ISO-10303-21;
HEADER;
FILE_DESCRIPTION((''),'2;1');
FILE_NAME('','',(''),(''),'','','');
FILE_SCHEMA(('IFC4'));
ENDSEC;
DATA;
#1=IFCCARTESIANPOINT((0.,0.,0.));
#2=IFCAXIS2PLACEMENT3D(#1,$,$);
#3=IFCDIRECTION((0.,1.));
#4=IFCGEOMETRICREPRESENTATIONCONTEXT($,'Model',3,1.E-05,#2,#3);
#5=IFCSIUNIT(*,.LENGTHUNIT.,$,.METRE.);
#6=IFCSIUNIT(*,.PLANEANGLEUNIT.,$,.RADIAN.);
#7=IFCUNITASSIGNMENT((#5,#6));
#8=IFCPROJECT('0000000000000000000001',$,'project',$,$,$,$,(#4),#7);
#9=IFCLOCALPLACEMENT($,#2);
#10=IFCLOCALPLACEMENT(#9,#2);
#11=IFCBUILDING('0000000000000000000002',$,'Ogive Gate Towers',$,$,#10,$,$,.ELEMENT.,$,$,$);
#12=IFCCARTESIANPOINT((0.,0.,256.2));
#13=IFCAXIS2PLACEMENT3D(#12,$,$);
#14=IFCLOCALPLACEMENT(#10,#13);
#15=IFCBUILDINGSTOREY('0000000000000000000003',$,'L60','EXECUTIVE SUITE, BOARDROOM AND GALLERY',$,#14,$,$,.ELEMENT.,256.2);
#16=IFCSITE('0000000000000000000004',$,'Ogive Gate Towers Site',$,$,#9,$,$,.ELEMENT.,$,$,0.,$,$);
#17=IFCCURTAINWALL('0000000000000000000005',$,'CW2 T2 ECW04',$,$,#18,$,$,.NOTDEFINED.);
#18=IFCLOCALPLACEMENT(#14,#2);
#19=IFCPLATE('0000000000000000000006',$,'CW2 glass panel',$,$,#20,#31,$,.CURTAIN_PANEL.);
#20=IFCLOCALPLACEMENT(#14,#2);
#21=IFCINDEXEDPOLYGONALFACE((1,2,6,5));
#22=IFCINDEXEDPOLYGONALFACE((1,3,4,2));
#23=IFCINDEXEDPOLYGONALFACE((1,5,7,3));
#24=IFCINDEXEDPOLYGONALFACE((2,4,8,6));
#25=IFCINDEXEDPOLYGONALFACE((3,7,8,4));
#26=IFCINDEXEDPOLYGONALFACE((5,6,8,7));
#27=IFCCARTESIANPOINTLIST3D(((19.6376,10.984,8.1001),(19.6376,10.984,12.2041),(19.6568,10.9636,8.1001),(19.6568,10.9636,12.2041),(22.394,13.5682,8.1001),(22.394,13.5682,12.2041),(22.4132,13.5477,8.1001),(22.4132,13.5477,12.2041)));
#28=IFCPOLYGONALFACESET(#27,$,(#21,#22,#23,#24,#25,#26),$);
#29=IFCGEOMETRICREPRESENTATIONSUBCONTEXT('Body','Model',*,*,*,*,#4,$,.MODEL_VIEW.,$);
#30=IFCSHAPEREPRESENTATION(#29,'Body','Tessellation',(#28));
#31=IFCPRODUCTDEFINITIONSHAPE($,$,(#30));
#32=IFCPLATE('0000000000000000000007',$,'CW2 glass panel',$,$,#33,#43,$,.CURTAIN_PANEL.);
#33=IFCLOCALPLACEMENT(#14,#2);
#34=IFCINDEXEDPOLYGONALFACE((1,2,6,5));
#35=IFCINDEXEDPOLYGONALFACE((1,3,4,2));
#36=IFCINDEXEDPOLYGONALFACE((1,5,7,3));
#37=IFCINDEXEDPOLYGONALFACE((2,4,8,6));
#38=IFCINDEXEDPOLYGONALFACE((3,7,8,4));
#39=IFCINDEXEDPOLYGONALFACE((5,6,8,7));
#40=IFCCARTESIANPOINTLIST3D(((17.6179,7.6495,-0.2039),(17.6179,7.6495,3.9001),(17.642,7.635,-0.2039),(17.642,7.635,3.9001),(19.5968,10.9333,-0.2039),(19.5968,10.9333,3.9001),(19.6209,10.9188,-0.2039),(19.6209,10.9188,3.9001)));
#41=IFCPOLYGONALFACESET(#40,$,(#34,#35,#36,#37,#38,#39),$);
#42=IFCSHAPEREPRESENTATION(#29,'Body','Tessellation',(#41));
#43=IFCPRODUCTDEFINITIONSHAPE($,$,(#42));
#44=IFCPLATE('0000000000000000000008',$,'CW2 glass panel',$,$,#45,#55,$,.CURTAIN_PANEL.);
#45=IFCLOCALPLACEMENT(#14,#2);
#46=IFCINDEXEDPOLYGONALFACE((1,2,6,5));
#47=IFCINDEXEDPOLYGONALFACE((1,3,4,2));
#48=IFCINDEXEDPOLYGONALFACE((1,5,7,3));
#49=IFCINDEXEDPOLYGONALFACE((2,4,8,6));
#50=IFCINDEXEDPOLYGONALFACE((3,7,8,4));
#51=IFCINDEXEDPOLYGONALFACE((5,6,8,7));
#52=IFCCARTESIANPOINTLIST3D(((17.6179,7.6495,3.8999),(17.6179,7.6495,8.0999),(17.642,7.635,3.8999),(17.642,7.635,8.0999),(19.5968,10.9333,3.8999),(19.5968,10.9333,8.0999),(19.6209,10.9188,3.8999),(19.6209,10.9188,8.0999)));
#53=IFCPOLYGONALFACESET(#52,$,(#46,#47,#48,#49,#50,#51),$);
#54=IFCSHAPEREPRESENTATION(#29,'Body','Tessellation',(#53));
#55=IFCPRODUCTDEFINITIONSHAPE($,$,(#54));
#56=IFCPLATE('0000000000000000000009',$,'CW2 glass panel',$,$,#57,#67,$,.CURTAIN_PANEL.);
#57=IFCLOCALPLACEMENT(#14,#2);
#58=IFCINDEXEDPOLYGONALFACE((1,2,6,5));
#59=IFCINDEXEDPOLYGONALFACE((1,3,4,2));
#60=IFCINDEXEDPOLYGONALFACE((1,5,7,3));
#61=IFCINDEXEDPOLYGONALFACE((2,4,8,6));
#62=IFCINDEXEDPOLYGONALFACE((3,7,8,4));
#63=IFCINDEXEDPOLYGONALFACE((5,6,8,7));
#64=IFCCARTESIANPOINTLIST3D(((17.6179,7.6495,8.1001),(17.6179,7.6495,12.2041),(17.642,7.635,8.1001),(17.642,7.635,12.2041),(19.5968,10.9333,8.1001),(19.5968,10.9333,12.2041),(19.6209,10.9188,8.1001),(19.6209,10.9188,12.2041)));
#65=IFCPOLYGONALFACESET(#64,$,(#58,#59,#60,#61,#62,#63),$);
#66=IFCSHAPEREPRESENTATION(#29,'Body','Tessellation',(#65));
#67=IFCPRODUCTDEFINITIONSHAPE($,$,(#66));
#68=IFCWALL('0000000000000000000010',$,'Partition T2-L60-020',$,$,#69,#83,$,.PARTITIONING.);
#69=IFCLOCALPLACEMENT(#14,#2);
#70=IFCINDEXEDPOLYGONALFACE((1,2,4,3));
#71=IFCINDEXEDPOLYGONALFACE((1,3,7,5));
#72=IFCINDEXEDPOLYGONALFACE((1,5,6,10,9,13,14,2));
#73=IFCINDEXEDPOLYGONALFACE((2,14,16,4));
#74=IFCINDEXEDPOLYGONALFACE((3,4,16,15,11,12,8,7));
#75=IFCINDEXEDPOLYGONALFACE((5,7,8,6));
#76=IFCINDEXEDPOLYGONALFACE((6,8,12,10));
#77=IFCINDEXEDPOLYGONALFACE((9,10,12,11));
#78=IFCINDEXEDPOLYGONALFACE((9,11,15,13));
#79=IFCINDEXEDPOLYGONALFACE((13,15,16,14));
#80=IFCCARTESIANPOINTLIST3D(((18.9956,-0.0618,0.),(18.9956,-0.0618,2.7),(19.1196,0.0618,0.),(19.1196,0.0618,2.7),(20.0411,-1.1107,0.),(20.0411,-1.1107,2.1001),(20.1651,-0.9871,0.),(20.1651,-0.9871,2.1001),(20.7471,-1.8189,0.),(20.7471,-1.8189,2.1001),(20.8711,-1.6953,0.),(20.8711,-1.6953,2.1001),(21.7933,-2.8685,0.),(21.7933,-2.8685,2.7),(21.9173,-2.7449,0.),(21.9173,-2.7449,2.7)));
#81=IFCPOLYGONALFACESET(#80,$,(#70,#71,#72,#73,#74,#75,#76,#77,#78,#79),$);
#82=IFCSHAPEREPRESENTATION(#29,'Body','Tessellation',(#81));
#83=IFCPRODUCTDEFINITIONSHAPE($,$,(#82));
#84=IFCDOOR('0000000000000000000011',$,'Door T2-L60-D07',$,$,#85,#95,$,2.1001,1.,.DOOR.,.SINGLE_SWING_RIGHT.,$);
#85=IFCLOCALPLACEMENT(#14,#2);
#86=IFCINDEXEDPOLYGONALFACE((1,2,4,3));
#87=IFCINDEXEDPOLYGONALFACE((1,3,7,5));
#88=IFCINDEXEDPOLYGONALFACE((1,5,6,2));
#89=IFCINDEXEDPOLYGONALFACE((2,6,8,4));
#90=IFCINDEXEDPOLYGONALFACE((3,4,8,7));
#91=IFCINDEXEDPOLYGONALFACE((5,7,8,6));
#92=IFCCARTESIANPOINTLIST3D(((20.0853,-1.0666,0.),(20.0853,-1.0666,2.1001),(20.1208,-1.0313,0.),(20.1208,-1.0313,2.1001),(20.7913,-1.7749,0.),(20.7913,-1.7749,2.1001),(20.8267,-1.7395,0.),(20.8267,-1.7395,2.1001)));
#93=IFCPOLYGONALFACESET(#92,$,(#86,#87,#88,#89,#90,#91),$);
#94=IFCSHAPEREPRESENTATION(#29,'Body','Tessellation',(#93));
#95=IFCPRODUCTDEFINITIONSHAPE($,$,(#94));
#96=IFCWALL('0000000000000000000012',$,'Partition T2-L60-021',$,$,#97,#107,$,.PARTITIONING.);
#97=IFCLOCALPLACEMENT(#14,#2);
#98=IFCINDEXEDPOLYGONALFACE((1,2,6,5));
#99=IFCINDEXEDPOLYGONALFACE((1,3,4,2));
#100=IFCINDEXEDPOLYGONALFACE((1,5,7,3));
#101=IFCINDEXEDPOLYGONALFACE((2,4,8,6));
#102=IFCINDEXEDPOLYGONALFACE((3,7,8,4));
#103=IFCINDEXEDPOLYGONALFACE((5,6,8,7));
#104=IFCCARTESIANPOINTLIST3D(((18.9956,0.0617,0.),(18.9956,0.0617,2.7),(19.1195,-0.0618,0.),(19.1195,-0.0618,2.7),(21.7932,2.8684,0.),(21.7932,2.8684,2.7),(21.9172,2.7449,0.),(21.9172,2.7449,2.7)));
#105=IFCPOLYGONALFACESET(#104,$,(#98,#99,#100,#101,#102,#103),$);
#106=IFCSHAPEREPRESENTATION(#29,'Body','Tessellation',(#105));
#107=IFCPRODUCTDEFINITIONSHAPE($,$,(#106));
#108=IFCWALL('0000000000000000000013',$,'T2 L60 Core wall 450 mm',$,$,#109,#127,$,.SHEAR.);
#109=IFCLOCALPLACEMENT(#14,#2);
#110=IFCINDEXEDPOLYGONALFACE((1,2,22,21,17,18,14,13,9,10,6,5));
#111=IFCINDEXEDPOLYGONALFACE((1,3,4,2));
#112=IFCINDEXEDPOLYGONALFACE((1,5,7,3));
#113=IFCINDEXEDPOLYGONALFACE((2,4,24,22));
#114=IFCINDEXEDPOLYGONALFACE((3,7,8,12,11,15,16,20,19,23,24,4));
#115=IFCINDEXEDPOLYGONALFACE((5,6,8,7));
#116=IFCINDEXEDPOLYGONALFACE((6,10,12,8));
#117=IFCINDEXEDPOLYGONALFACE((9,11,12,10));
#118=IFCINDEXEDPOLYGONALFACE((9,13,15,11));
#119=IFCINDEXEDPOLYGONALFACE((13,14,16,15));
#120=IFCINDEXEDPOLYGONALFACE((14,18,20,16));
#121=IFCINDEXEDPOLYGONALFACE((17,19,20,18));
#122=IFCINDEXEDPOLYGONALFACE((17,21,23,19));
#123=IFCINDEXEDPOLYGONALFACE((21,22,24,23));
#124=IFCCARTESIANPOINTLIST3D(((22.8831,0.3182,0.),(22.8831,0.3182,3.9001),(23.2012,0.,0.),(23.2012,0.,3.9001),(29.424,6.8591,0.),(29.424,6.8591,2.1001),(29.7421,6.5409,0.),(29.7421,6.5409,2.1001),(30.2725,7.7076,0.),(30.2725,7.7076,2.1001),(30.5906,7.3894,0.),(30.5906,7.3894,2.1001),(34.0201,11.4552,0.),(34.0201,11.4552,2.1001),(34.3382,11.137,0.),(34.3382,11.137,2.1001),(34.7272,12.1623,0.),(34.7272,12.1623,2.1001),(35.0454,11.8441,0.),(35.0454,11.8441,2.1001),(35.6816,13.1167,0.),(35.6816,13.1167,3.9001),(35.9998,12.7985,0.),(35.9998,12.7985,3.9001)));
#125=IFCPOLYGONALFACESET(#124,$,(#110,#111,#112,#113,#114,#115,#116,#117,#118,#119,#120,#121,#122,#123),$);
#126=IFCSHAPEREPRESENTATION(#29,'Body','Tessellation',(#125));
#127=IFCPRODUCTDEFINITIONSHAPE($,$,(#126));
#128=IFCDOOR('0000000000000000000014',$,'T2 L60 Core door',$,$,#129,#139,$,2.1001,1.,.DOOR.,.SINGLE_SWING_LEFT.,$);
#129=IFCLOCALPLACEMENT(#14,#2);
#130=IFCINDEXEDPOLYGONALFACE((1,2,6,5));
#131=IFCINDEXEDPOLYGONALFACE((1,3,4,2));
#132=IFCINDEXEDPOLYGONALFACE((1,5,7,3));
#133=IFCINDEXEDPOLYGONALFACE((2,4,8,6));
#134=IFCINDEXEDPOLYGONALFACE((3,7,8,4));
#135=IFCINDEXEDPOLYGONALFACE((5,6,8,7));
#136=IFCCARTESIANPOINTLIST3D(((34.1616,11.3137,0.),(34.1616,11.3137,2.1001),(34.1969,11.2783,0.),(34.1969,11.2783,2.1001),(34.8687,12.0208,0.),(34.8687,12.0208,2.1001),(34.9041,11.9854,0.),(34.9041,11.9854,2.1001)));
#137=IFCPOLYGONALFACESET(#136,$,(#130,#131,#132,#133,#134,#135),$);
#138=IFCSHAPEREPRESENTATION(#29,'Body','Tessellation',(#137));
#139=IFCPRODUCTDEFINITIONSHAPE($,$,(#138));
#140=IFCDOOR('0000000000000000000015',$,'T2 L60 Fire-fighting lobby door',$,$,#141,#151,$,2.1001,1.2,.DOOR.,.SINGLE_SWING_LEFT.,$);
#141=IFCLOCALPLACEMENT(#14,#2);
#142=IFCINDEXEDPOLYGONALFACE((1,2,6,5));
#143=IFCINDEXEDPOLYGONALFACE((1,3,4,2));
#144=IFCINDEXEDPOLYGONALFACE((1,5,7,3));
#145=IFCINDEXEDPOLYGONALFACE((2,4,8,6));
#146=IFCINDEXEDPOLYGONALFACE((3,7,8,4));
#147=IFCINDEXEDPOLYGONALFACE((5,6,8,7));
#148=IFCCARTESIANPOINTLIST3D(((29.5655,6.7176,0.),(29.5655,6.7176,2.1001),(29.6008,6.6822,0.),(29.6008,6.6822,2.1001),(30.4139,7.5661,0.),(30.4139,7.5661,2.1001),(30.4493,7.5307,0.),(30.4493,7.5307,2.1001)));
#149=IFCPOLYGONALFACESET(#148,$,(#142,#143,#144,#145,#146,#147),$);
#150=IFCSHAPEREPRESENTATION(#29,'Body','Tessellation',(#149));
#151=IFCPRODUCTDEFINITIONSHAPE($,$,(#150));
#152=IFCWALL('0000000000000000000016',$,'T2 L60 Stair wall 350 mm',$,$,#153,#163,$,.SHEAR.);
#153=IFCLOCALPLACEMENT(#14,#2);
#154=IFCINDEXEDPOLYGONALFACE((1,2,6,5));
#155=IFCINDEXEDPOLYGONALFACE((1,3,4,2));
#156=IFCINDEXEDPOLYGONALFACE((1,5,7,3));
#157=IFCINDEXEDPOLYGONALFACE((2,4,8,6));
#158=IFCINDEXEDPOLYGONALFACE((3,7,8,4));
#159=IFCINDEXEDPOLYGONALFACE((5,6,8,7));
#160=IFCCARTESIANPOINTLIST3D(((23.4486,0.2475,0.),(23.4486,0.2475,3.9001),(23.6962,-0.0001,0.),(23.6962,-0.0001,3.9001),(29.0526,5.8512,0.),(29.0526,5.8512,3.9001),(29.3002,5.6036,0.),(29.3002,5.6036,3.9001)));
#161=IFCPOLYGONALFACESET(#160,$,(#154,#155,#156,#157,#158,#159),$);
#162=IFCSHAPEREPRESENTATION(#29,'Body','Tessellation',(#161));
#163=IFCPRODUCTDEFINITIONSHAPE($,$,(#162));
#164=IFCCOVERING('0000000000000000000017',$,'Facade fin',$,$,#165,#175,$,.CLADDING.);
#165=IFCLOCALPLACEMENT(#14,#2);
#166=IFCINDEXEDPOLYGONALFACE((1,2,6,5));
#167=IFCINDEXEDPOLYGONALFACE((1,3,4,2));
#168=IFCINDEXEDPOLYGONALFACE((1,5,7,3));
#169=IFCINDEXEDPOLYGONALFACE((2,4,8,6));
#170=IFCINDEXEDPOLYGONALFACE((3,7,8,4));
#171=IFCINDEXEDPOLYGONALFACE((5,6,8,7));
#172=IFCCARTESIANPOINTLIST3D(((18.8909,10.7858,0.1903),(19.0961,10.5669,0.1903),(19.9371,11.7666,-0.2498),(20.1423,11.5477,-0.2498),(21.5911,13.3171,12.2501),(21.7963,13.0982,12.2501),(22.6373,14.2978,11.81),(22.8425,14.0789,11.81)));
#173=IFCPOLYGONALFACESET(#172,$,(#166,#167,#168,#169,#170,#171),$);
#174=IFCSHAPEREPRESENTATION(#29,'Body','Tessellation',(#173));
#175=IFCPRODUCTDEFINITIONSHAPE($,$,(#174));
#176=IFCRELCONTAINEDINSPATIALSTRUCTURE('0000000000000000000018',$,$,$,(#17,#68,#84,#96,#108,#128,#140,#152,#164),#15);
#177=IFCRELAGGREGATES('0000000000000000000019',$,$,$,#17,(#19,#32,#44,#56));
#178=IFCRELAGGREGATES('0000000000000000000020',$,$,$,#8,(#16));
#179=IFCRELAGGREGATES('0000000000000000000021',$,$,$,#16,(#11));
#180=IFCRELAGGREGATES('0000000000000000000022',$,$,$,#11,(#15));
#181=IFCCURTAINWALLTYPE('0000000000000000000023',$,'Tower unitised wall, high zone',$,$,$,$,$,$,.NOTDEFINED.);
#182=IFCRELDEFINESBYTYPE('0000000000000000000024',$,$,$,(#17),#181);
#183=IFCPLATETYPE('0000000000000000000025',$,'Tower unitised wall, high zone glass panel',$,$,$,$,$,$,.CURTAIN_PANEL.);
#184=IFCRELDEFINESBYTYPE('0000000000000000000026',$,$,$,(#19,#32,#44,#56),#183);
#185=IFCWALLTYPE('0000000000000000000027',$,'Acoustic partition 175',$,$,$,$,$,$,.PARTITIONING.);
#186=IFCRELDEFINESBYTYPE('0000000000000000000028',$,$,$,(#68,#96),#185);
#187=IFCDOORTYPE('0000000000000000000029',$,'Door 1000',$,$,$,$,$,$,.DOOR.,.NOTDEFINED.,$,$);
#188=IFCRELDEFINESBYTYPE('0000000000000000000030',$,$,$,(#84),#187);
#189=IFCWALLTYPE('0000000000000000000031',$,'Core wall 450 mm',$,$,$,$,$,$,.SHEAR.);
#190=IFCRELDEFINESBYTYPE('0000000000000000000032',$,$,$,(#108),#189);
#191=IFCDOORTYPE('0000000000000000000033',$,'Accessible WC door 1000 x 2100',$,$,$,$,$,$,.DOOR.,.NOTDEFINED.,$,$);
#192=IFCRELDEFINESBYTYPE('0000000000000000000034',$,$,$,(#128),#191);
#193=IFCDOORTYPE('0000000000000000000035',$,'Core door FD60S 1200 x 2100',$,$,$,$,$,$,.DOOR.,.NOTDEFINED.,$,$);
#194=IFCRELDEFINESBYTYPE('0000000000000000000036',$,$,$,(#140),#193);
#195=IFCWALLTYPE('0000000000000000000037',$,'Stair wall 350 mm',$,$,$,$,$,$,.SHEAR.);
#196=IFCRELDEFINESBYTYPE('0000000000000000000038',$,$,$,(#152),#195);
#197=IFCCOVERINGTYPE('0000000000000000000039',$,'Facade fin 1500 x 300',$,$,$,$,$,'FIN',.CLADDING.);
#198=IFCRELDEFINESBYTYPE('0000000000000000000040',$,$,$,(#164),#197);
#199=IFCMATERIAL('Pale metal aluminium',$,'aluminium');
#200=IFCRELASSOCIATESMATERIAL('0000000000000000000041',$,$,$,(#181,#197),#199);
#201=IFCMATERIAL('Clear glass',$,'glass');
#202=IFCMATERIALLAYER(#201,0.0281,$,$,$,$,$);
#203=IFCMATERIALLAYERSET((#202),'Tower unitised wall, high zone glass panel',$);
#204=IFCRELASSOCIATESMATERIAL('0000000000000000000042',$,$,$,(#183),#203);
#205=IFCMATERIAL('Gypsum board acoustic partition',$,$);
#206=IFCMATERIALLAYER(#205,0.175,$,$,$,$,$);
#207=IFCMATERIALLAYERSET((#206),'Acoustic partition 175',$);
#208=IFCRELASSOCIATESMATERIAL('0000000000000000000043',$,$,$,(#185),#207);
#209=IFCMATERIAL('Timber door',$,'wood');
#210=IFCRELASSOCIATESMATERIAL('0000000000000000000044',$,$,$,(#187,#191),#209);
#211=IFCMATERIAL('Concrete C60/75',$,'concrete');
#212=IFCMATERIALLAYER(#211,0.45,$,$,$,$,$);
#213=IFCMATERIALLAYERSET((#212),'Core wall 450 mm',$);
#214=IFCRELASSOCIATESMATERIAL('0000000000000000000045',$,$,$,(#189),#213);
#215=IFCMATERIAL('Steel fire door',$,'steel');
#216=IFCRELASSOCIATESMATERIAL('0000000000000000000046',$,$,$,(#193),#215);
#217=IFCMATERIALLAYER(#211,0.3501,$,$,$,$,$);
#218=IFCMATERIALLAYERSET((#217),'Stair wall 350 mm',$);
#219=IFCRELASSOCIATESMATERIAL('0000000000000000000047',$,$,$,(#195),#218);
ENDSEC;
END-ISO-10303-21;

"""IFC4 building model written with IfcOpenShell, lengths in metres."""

from ifc_helpers import new_model, si_unit, direction, frame, frame_2d, origin, origin_2d, place, context, subcontext, project, spatial, rectangle, extrude, material, layer, layer_set, material_profile, profile_set, type_object, element, fill, aggregate, save


model = new_model("IFC4")

# Units and contexts
model_context = context("Model", 3, precision=1e-05, world=origin(), true_north=direction((0.0, 1.0)))
body_context = subcontext(model_context, "Body", "Model", "MODEL_VIEW")
ifc_project = project(units=[si_unit("LENGTHUNIT", "METRE"), si_unit("PLANEANGLEUNIT", "RADIAN")], contexts=[model_context])

# Site, building, storey
site_placement = place(None, origin())
site = spatial("IfcSite", under=ifc_project, at=site_placement, Name="Ogive Gate Towers Site", CompositionType="ELEMENT", RefElevation=0.0)
building_placement = place(site_placement, origin())
building = spatial("IfcBuilding", under=site, at=building_placement, Name="Ogive Gate Towers", CompositionType="ELEMENT")
storey_placement = place(building_placement, frame((0.0, 0.0, 256.2)))
storey = spatial("IfcBuildingStorey", under=building, at=storey_placement, Name="L60", Description="EXECUTIVE SUITE, BOARDROOM AND GALLERY", CompositionType="ELEMENT", Elevation=256.2)

# Shared definitions
ifc_material_1 = material(Name="Pale metal aluminium", Category="aluminium")
curtain_wall_type = type_object("IfcCurtainWallType", Name="Tower unitised wall, high zone", PredefinedType="NOTDEFINED", material=ifc_material_1)

# Curtain wall
curtain_wall_1_placement = place(storey_placement, origin())
curtain_wall_1 = element("IfcCurtainWall", 1, at=curtain_wall_1_placement, inside=storey, type_object=curtain_wall_type, Name="CW2 T2 ECW04", PredefinedType="NOTDEFINED")

# Plates
ifc_material_2 = material(Name="Clear glass", Category="glass")
ifc_layer_1 = layer(ifc_material_2, 0.0281)
ifc_layer_set_1 = layer_set([ifc_layer_1], Name="Tower unitised wall, high zone glass panel")
plate_type = type_object("IfcPlateType", Name="Tower unitised wall, high zone glass panel", PredefinedType="CURTAIN_PANEL", material=ifc_layer_set_1)
plate_1_placement = place(storey_placement, frame((21.0254, 12.2659, 8.1001), z_axis=(0.0, 0.0, 1.0), x_axis=(-0.729542, -0.683936, 0.0)))
plate_1 = element("IfcPlate", 2, at=plate_1_placement, type_object=plate_type, Name="CW2 glass panel", PredefinedType="CURTAIN_PANEL", context=body_context, shape_type="SweptSolid", body=[
    extrude(rectangle(XDim=3.7783, YDim=0.0281, at=origin_2d()), origin(), (0.0, 0.0, 1.0), 4.104),
])
plate_2_placement = place(storey_placement, frame((18.6194, 9.2842, -0.2039), z_axis=(0.0, 0.0, 1.0), x_axis=(-0.516145, -0.856501, 0.0)))
plate_2 = element("IfcPlate", 3, at=plate_2_placement, type_object=plate_type, Name="CW2 glass panel", PredefinedType="CURTAIN_PANEL", context=body_context, shape_type="SweptSolid", body=[
    extrude(rectangle(XDim=3.834, YDim=0.0281, at=origin_2d()), origin(), (0.0, 0.0, 1.0), 4.104),
])
plate_3_placement = place(storey_placement, frame((18.6194, 9.2842, 3.8999), z_axis=(0.0, 0.0, 1.0), x_axis=(-0.516145, -0.856501, 0.0)))
plate_3 = element("IfcPlate", 4, at=plate_3_placement, type_object=plate_type, Name="CW2 glass panel", PredefinedType="CURTAIN_PANEL", context=body_context, shape_type="SweptSolid", body=[
    extrude(rectangle(XDim=3.834, YDim=0.0281, at=origin_2d()), origin(), (0.0, 0.0, 1.0), 4.2),
])
plate_4_placement = place(storey_placement, frame((18.6194, 9.2842, 8.1001), z_axis=(0.0, 0.0, 1.0), x_axis=(-0.516145, -0.856501, 0.0)))
plate_4 = element("IfcPlate", 5, at=plate_4_placement, type_object=plate_type, Name="CW2 glass panel", PredefinedType="CURTAIN_PANEL", context=body_context, shape_type="SweptSolid", body=[
    extrude(rectangle(XDim=3.834, YDim=0.0281, at=origin_2d()), origin(), (0.0, 0.0, 1.0), 4.104),
])
aggregate(curtain_wall_1, [plate_1, plate_2, plate_3, plate_4])

# Wall, opening, door
ifc_material_3 = material(Name="Gypsum board acoustic partition")
ifc_layer_2 = layer(ifc_material_3, 0.175)
ifc_layer_set_2 = layer_set([ifc_layer_2], Name="Acoustic partition 175")
wall_type_1 = type_object("IfcWallType", Name="Acoustic partition 175", PredefinedType="PARTITIONING", material=ifc_layer_set_2)
wall_1_placement = place(storey_placement, frame((19.0576, 0.0, 0.0), z_axis=(0.0, 0.0, 1.0), x_axis=(0.705966, -0.708246, 0.0)))
wall_1 = element("IfcWall", 6, at=wall_1_placement, inside=storey, type_object=wall_type_1, Name="Partition T2-L60-020", PredefinedType="PARTITIONING", context=body_context, shape_type="SweptSolid", body=[
    extrude(rectangle(XDim=3.9629, YDim=0.175, at=frame_2d((1.9814, 0.0))), origin(), (0.0, 0.0, 1.0), 2.7),
])
opening_1_placement = place(wall_1_placement, frame((1.481, 0.0, 0.0)))
opening_1 = element("IfcOpeningElement", 7, at=opening_1_placement, cuts=wall_1, PredefinedType="OPENING", context=body_context, shape_type="SweptSolid", body=[
    extrude(rectangle(XDim=1.0, YDim=2.1001, at=frame_2d((0.5, 1.05))), frame((0.0, 0.0977, 0.0), z_axis=(0.0, -1.0, 0.0), x_axis=(1.0, 0.0, 0.0)), (0.0, 0.0, 1.0), 0.1951),
])
ifc_material_4 = material(Name="Timber door", Category="wood")
door_type_1 = type_object("IfcDoorType", Name="Door 1000", OperationType="NOTDEFINED", PredefinedType="DOOR", material=ifc_material_4)
door_1_placement = place(opening_1_placement, origin())
door_1 = element("IfcDoor", 8, at=door_1_placement, inside=storey, type_object=door_type_1, Name="Door T2-L60-D07", OperationType="SINGLE_SWING_RIGHT", OverallHeight=2.1001, OverallWidth=1.0, PredefinedType="DOOR", context=body_context, shape_type="SweptSolid", body=[
    extrude(rectangle(XDim=1.0, YDim=2.1001, at=frame_2d((0.5, 1.05))), frame((0.0, 0.0249, 0.0), z_axis=(0.0, -1.0, 0.0), x_axis=(1.0, 0.0, 0.0)), (0.0, 0.0, 1.0), 0.05),
])
fill(opening_1, door_1)

# Wall
wall_2_placement = place(storey_placement, frame((21.8552, 2.8066, 0.0), z_axis=(0.0, 0.0, 1.0), x_axis=(-0.705966, -0.708246, 0.0)))
element("IfcWall", 9, at=wall_2_placement, inside=storey, type_object=wall_type_1, Name="Partition T2-L60-021", PredefinedType="PARTITIONING", context=body_context, shape_type="SweptSolid", body=[
    extrude(rectangle(XDim=3.9629, YDim=0.175, at=frame_2d((1.9814, 0.0))), origin(), (0.0, 0.0, 1.0), 2.7),
])

# Wall, openings, doors
ifc_material_5 = material(Name="Concrete C60/75", Category="concrete")
ifc_layer_3 = layer(ifc_material_5, 0.45)
ifc_layer_set_3 = layer_set([ifc_layer_3], Name="Core wall 450 mm")
wall_type_2 = type_object("IfcWallType", Name="Core wall 450 mm", PredefinedType="SHEAR", material=ifc_layer_set_3)
wall_3_placement = place(storey_placement, frame((23.0422, 0.1592, 0.0), z_axis=(0.0, 0.0, 1.0), x_axis=(0.707107, 0.707107, 0.0)))
wall_3 = element("IfcWall", 10, at=wall_3_placement, inside=storey, type_object=wall_type_2, Name="T2 L60 Core wall 450 mm", PredefinedType="SHEAR", context=body_context, shape_type="SweptSolid", body=[
    extrude(rectangle(XDim=18.0999, YDim=0.45, at=frame_2d((9.0498, 0.0))), origin(), (0.0, 0.0, 1.0), 3.9001),
])
opening_2_placement = place(wall_3_placement, frame((9.25, 0.0, 0.0)))
opening_2 = element("IfcOpeningElement", 11, at=opening_2_placement, cuts=wall_3, PredefinedType="OPENING", context=body_context, shape_type="SweptSolid", body=[
    extrude(rectangle(XDim=1.2, YDim=2.1001, at=frame_2d((0.6001, 1.05))), frame((0.0, 0.2349, 0.0), z_axis=(0.0, -1.0, 0.0), x_axis=(1.0, 0.0, 0.0)), (0.0, 0.0, 1.0), 0.47),
])
opening_3_placement = place(wall_3_placement, frame((15.75, 0.0, 0.0)))
opening_3 = element("IfcOpeningElement", 12, at=opening_3_placement, cuts=wall_3, PredefinedType="OPENING", context=body_context, shape_type="SweptSolid", body=[
    extrude(rectangle(XDim=1.0, YDim=2.1001, at=frame_2d((0.5, 1.05))), frame((0.0, 0.2349, 0.0), z_axis=(0.0, -1.0, 0.0), x_axis=(1.0, 0.0, 0.0)), (0.0, 0.0, 1.0), 0.47),
])
door_type_2 = type_object("IfcDoorType", Name="Accessible WC door 1000 x 2100", OperationType="NOTDEFINED", PredefinedType="DOOR", material=ifc_material_4)
door_2_placement = place(opening_3_placement, origin())
door_2 = element("IfcDoor", 13, at=door_2_placement, inside=storey, type_object=door_type_2, Name="T2 L60 Core door", OperationType="SINGLE_SWING_LEFT", OverallHeight=2.1001, OverallWidth=1.0, PredefinedType="DOOR", context=body_context, shape_type="SweptSolid", body=[
    extrude(rectangle(XDim=1.0, YDim=2.1001, at=frame_2d((0.5, 1.05))), frame((0.0, 0.0249, 0.0), z_axis=(0.0, -1.0, 0.0), x_axis=(1.0, 0.0, 0.0)), (0.0, 0.0, 1.0), 0.05),
])
fill(opening_3, door_2)
ifc_material_6 = material(Name="Steel fire door", Category="steel")
door_type_3 = type_object("IfcDoorType", Name="Core door FD60S 1200 x 2100", OperationType="NOTDEFINED", PredefinedType="DOOR", material=ifc_material_6)
door_3_placement = place(opening_2_placement, origin())
door_3 = element("IfcDoor", 14, at=door_3_placement, inside=storey, type_object=door_type_3, Name="T2 L60 Fire-fighting lobby door", OperationType="SINGLE_SWING_LEFT", OverallHeight=2.1001, OverallWidth=1.2, PredefinedType="DOOR", context=body_context, shape_type="SweptSolid", body=[
    extrude(rectangle(XDim=1.2, YDim=2.1001, at=frame_2d((0.6001, 1.05))), frame((0.0, 0.0249, 0.0), z_axis=(0.0, -1.0, 0.0), x_axis=(1.0, 0.0, 0.0)), (0.0, 0.0, 1.0), 0.05),
])
fill(opening_2, door_3)

# Wall
ifc_layer_4 = layer(ifc_material_5, 0.3501)
ifc_layer_set_4 = layer_set([ifc_layer_4], Name="Stair wall 350 mm")
wall_type_3 = type_object("IfcWallType", Name="Stair wall 350 mm", PredefinedType="SHEAR", material=ifc_layer_set_4)
wall_4_placement = place(storey_placement, frame((23.5725, 0.1238, 0.0), z_axis=(0.0, 0.0, 1.0), x_axis=(0.707122, 0.707091, 0.0)))
element("IfcWall", 15, at=wall_4_placement, inside=storey, type_object=wall_type_3, Name="T2 L60 Stair wall 350 mm", PredefinedType="SHEAR", context=body_context, shape_type="SweptSolid", body=[
    extrude(rectangle(XDim=7.925, YDim=0.3501, at=frame_2d((3.9624, 0.0))), origin(), (0.0, 0.0, 1.0), 3.9001),
])

# Covering
ifc_material_profile_1 = material_profile(ifc_material_1, rectangle(XDim=0.3, YDim=1.5, at=origin_2d()), Name="1500 x 300 pale metal aluminium")
ifc_profile_set_1 = profile_set([ifc_material_profile_1], Name="Pale metal aluminium")
covering_type = type_object("IfcCoveringType", Name="Facade fin 1500 x 300", ElementType="FIN", PredefinedType="CLADDING", material=ifc_profile_set_1)
covering_1_placement = place(storey_placement, frame((19.5166, 11.1667, -0.0298), z_axis=(0.214047, 0.200654, 0.955993), x_axis=(-0.683915, 0.729562, 0.0)))
element("IfcCovering", 16, at=covering_1_placement, inside=storey, type_object=covering_type, Name="Facade fin", PredefinedType="CLADDING", context=body_context, shape_type="SweptSolid", body=[
    extrude(rectangle(XDim=0.3, YDim=1.5, at=origin_2d()), origin(), (0.0, 0.0, 1.0), 12.615),
])

save(model, "model.ifc")
